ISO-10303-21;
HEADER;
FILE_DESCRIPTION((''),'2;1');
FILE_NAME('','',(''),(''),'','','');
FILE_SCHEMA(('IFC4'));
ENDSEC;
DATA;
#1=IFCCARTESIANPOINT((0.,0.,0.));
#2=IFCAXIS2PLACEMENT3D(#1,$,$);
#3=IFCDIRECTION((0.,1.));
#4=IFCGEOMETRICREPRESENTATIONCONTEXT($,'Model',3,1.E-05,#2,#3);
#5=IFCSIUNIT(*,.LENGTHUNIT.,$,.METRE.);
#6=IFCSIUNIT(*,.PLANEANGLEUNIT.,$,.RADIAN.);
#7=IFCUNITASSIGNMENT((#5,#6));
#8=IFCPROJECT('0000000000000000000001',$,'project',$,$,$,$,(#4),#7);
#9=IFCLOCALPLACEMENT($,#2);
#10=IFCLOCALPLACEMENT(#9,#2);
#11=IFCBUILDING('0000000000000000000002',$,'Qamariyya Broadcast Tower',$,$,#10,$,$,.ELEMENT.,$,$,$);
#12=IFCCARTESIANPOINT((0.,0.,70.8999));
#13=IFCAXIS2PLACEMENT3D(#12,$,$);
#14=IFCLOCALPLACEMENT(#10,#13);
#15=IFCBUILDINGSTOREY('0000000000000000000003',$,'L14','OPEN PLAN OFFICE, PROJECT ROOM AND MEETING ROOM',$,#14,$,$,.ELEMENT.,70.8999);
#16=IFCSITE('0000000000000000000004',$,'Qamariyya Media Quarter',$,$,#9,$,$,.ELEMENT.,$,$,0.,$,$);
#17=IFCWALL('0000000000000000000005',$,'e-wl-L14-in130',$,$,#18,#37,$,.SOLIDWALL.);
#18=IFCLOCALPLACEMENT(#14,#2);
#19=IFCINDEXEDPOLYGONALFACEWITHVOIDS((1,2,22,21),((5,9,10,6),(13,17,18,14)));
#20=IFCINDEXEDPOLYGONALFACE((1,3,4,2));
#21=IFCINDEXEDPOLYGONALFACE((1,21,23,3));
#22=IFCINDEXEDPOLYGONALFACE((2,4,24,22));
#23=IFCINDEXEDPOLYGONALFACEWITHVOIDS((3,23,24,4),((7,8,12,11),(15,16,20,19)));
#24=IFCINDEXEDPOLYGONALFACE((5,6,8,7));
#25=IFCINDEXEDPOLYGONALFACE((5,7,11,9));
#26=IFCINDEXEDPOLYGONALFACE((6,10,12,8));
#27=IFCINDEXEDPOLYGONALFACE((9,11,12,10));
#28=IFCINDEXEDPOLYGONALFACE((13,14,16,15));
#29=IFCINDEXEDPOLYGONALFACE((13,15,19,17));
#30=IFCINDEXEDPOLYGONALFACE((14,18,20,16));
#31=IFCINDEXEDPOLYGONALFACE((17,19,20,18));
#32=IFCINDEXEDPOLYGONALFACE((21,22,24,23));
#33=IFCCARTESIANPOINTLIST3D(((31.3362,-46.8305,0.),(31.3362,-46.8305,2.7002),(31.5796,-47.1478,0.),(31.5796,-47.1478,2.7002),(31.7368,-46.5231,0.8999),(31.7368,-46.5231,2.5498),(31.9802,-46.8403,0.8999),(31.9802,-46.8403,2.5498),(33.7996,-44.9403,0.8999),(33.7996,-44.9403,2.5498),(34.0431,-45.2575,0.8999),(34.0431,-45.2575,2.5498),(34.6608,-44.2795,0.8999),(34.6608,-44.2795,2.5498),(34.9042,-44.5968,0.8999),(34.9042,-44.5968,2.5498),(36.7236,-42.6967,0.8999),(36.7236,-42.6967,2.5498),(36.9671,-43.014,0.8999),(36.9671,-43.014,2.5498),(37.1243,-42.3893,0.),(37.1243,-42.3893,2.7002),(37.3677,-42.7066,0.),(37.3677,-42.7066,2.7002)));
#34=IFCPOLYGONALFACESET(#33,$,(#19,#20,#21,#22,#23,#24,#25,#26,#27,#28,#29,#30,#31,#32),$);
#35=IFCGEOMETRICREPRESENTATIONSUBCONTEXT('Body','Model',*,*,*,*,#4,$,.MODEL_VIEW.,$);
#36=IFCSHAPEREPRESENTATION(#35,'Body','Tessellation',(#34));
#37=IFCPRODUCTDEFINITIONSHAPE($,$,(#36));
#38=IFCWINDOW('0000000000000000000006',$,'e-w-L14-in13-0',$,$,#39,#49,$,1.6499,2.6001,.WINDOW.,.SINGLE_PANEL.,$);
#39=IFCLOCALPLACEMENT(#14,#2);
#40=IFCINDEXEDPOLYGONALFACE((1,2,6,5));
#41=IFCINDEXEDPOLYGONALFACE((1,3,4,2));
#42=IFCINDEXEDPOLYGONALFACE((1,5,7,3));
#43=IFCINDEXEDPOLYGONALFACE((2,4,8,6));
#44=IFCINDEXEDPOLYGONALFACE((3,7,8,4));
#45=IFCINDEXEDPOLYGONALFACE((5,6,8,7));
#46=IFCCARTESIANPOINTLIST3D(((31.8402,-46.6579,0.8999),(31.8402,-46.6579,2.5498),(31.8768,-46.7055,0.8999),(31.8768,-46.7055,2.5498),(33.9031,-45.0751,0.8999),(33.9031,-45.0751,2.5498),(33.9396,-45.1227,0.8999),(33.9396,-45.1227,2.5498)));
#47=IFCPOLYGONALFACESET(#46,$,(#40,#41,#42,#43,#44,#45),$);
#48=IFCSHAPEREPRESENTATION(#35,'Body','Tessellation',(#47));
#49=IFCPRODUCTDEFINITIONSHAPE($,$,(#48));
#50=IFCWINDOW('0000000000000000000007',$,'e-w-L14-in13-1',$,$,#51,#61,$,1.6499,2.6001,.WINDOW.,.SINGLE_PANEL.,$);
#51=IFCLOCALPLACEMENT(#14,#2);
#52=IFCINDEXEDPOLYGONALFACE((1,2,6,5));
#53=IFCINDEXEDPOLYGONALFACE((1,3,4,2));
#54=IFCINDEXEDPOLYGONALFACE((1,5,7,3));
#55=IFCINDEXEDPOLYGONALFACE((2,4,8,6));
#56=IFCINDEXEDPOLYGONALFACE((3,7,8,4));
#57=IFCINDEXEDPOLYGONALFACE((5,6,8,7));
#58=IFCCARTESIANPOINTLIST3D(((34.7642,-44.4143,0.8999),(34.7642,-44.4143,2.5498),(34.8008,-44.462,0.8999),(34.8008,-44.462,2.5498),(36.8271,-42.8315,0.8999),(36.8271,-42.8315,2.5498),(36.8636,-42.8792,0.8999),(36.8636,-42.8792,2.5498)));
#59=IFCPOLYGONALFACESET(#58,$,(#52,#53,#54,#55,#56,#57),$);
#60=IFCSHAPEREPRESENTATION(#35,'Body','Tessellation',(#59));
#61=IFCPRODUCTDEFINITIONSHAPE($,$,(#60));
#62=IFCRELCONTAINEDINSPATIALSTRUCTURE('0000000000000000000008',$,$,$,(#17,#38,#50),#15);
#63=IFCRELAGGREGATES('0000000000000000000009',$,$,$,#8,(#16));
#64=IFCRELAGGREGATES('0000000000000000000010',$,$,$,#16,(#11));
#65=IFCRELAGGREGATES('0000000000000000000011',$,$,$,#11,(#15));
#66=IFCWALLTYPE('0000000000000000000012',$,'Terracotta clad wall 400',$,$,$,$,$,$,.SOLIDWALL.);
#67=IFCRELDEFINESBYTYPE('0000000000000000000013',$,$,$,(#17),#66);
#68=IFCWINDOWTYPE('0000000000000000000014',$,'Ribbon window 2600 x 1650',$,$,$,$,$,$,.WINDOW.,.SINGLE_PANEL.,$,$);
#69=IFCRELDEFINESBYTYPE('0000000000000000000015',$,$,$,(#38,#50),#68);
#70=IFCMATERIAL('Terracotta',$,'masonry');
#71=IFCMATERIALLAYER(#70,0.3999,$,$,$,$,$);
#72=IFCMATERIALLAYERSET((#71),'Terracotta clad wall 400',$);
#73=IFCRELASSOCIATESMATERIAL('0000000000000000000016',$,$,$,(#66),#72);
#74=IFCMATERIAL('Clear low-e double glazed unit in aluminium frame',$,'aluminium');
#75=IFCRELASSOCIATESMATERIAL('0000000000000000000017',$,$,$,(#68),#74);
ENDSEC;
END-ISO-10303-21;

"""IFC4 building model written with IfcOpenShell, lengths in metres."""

from ifc_helpers import new_model, si_unit, direction, frame, frame_2d, origin, place, context, subcontext, project, spatial, rectangle, extrude, material, layer, layer_set, type_object, element, fill, save


model = new_model("IFC4")

# Units and contexts
model_context = context("Model", 3, precision=1e-05, world=origin(), true_north=direction((0.0, 1.0)))
body_context = subcontext(model_context, "Body", "Model", "MODEL_VIEW")
ifc_project = project(units=[si_unit("LENGTHUNIT", "METRE"), si_unit("PLANEANGLEUNIT", "RADIAN")], contexts=[model_context])

# Site, building, storey
site_placement = place(None, origin())
building_placement = place(site_placement, origin())
storey_placement = place(building_placement, frame((0.0, 0.0, 70.8999)))
site = spatial("IfcSite", under=ifc_project, at=site_placement, Name="Qamariyya Media Quarter", CompositionType="ELEMENT", RefElevation=0.0)
building = spatial("IfcBuilding", under=site, at=building_placement, Name="Qamariyya Broadcast Tower", CompositionType="ELEMENT")
storey = spatial("IfcBuildingStorey", under=building, at=storey_placement, Name="L14", Description="OPEN PLAN OFFICE, PROJECT ROOM AND MEETING ROOM", CompositionType="ELEMENT", Elevation=70.8999)

# Wall, openings, windows
ifc_material_1 = material(Name="Terracotta", Category="masonry")
ifc_layer = layer(ifc_material_1, 0.3999)
ifc_layer_set = layer_set([ifc_layer], Name="Terracotta clad wall 400")
wall_type = type_object("IfcWallType", Name="Terracotta clad wall 400", PredefinedType="SOLIDWALL", material=ifc_layer_set)
wall_placement = place(storey_placement, frame((37.2461, -42.5479, 0.0), z_axis=(0.0, 0.0, 1.0), x_axis=(-0.793366, -0.608745, 0.0)))
wall = element("IfcWall", 1, at=wall_placement, inside=storey, type_object=wall_type, Name="e-wl-L14-in130", PredefinedType="SOLIDWALL", context=body_context, shape_type="SweptSolid", body=[
    extrude(rectangle(XDim=7.2957, YDim=0.3999, at=frame_2d((3.6479, 0.0))), origin(), (0.0, 0.0, 1.0), 2.7002),
])
opening_1_placement = place(wall_placement, frame((4.1907, 0.0, 0.8999)))
opening_1 = element("IfcOpeningElement", 2, at=opening_1_placement, cuts=wall, PredefinedType="OPENING", context=body_context, shape_type="SweptSolid", body=[
    extrude(rectangle(XDim=2.6001, YDim=1.6499, at=frame_2d((1.3, 0.825))), frame((0.0, 0.21, 0.0), z_axis=(0.0, -1.0, 0.0), x_axis=(1.0, 0.0, 0.0)), (0.0, 0.0, 1.0), 0.4199),
])
opening_2_placement = place(wall_placement, frame((0.5051, 0.0, 0.8999)))
opening_2 = element("IfcOpeningElement", 3, at=opening_2_placement, cuts=wall, PredefinedType="OPENING", context=body_context, shape_type="SweptSolid", body=[
    extrude(rectangle(XDim=2.6001, YDim=1.6499, at=frame_2d((1.3, 0.825))), frame((0.0, 0.21, 0.0), z_axis=(0.0, -1.0, 0.0), x_axis=(1.0, 0.0, 0.0)), (0.0, 0.0, 1.0), 0.4199),
])
ifc_material_2 = material(Name="Clear low-e double glazed unit in aluminium frame", Category="aluminium")
window_type = type_object("IfcWindowType", Name="Ribbon window 2600 x 1650", PartitioningType="SINGLE_PANEL", PredefinedType="WINDOW", material=ifc_material_2)
window_1_placement = place(opening_1_placement, origin())
window_1 = element("IfcWindow", 4, at=window_1_placement, inside=storey, type_object=window_type, Name="e-w-L14-in13-0", OverallHeight=1.6499, OverallWidth=2.6001, PartitioningType="SINGLE_PANEL", PredefinedType="WINDOW", context=body_context, shape_type="SweptSolid", body=[
    extrude(rectangle(XDim=2.6001, YDim=1.6499, at=frame_2d((1.3, 0.825))), frame((0.0, 0.03, 0.0), z_axis=(0.0, -1.0, 0.0), x_axis=(1.0, 0.0, 0.0)), (0.0, 0.0, 1.0), 0.0601),
])
fill(opening_1, window_1)
window_2_placement = place(opening_2_placement, origin())
window_2 = element("IfcWindow", 5, at=window_2_placement, inside=storey, type_object=window_type, Name="e-w-L14-in13-1", OverallHeight=1.6499, OverallWidth=2.6001, PartitioningType="SINGLE_PANEL", PredefinedType="WINDOW", context=body_context, shape_type="SweptSolid", body=[
    extrude(rectangle(XDim=2.6001, YDim=1.6499, at=frame_2d((1.3, 0.825))), frame((0.0, 0.03, 0.0), z_axis=(0.0, -1.0, 0.0), x_axis=(1.0, 0.0, 0.0)), (0.0, 0.0, 1.0), 0.0601),
])
fill(opening_2, window_2)

save(model, "model.ifc")
